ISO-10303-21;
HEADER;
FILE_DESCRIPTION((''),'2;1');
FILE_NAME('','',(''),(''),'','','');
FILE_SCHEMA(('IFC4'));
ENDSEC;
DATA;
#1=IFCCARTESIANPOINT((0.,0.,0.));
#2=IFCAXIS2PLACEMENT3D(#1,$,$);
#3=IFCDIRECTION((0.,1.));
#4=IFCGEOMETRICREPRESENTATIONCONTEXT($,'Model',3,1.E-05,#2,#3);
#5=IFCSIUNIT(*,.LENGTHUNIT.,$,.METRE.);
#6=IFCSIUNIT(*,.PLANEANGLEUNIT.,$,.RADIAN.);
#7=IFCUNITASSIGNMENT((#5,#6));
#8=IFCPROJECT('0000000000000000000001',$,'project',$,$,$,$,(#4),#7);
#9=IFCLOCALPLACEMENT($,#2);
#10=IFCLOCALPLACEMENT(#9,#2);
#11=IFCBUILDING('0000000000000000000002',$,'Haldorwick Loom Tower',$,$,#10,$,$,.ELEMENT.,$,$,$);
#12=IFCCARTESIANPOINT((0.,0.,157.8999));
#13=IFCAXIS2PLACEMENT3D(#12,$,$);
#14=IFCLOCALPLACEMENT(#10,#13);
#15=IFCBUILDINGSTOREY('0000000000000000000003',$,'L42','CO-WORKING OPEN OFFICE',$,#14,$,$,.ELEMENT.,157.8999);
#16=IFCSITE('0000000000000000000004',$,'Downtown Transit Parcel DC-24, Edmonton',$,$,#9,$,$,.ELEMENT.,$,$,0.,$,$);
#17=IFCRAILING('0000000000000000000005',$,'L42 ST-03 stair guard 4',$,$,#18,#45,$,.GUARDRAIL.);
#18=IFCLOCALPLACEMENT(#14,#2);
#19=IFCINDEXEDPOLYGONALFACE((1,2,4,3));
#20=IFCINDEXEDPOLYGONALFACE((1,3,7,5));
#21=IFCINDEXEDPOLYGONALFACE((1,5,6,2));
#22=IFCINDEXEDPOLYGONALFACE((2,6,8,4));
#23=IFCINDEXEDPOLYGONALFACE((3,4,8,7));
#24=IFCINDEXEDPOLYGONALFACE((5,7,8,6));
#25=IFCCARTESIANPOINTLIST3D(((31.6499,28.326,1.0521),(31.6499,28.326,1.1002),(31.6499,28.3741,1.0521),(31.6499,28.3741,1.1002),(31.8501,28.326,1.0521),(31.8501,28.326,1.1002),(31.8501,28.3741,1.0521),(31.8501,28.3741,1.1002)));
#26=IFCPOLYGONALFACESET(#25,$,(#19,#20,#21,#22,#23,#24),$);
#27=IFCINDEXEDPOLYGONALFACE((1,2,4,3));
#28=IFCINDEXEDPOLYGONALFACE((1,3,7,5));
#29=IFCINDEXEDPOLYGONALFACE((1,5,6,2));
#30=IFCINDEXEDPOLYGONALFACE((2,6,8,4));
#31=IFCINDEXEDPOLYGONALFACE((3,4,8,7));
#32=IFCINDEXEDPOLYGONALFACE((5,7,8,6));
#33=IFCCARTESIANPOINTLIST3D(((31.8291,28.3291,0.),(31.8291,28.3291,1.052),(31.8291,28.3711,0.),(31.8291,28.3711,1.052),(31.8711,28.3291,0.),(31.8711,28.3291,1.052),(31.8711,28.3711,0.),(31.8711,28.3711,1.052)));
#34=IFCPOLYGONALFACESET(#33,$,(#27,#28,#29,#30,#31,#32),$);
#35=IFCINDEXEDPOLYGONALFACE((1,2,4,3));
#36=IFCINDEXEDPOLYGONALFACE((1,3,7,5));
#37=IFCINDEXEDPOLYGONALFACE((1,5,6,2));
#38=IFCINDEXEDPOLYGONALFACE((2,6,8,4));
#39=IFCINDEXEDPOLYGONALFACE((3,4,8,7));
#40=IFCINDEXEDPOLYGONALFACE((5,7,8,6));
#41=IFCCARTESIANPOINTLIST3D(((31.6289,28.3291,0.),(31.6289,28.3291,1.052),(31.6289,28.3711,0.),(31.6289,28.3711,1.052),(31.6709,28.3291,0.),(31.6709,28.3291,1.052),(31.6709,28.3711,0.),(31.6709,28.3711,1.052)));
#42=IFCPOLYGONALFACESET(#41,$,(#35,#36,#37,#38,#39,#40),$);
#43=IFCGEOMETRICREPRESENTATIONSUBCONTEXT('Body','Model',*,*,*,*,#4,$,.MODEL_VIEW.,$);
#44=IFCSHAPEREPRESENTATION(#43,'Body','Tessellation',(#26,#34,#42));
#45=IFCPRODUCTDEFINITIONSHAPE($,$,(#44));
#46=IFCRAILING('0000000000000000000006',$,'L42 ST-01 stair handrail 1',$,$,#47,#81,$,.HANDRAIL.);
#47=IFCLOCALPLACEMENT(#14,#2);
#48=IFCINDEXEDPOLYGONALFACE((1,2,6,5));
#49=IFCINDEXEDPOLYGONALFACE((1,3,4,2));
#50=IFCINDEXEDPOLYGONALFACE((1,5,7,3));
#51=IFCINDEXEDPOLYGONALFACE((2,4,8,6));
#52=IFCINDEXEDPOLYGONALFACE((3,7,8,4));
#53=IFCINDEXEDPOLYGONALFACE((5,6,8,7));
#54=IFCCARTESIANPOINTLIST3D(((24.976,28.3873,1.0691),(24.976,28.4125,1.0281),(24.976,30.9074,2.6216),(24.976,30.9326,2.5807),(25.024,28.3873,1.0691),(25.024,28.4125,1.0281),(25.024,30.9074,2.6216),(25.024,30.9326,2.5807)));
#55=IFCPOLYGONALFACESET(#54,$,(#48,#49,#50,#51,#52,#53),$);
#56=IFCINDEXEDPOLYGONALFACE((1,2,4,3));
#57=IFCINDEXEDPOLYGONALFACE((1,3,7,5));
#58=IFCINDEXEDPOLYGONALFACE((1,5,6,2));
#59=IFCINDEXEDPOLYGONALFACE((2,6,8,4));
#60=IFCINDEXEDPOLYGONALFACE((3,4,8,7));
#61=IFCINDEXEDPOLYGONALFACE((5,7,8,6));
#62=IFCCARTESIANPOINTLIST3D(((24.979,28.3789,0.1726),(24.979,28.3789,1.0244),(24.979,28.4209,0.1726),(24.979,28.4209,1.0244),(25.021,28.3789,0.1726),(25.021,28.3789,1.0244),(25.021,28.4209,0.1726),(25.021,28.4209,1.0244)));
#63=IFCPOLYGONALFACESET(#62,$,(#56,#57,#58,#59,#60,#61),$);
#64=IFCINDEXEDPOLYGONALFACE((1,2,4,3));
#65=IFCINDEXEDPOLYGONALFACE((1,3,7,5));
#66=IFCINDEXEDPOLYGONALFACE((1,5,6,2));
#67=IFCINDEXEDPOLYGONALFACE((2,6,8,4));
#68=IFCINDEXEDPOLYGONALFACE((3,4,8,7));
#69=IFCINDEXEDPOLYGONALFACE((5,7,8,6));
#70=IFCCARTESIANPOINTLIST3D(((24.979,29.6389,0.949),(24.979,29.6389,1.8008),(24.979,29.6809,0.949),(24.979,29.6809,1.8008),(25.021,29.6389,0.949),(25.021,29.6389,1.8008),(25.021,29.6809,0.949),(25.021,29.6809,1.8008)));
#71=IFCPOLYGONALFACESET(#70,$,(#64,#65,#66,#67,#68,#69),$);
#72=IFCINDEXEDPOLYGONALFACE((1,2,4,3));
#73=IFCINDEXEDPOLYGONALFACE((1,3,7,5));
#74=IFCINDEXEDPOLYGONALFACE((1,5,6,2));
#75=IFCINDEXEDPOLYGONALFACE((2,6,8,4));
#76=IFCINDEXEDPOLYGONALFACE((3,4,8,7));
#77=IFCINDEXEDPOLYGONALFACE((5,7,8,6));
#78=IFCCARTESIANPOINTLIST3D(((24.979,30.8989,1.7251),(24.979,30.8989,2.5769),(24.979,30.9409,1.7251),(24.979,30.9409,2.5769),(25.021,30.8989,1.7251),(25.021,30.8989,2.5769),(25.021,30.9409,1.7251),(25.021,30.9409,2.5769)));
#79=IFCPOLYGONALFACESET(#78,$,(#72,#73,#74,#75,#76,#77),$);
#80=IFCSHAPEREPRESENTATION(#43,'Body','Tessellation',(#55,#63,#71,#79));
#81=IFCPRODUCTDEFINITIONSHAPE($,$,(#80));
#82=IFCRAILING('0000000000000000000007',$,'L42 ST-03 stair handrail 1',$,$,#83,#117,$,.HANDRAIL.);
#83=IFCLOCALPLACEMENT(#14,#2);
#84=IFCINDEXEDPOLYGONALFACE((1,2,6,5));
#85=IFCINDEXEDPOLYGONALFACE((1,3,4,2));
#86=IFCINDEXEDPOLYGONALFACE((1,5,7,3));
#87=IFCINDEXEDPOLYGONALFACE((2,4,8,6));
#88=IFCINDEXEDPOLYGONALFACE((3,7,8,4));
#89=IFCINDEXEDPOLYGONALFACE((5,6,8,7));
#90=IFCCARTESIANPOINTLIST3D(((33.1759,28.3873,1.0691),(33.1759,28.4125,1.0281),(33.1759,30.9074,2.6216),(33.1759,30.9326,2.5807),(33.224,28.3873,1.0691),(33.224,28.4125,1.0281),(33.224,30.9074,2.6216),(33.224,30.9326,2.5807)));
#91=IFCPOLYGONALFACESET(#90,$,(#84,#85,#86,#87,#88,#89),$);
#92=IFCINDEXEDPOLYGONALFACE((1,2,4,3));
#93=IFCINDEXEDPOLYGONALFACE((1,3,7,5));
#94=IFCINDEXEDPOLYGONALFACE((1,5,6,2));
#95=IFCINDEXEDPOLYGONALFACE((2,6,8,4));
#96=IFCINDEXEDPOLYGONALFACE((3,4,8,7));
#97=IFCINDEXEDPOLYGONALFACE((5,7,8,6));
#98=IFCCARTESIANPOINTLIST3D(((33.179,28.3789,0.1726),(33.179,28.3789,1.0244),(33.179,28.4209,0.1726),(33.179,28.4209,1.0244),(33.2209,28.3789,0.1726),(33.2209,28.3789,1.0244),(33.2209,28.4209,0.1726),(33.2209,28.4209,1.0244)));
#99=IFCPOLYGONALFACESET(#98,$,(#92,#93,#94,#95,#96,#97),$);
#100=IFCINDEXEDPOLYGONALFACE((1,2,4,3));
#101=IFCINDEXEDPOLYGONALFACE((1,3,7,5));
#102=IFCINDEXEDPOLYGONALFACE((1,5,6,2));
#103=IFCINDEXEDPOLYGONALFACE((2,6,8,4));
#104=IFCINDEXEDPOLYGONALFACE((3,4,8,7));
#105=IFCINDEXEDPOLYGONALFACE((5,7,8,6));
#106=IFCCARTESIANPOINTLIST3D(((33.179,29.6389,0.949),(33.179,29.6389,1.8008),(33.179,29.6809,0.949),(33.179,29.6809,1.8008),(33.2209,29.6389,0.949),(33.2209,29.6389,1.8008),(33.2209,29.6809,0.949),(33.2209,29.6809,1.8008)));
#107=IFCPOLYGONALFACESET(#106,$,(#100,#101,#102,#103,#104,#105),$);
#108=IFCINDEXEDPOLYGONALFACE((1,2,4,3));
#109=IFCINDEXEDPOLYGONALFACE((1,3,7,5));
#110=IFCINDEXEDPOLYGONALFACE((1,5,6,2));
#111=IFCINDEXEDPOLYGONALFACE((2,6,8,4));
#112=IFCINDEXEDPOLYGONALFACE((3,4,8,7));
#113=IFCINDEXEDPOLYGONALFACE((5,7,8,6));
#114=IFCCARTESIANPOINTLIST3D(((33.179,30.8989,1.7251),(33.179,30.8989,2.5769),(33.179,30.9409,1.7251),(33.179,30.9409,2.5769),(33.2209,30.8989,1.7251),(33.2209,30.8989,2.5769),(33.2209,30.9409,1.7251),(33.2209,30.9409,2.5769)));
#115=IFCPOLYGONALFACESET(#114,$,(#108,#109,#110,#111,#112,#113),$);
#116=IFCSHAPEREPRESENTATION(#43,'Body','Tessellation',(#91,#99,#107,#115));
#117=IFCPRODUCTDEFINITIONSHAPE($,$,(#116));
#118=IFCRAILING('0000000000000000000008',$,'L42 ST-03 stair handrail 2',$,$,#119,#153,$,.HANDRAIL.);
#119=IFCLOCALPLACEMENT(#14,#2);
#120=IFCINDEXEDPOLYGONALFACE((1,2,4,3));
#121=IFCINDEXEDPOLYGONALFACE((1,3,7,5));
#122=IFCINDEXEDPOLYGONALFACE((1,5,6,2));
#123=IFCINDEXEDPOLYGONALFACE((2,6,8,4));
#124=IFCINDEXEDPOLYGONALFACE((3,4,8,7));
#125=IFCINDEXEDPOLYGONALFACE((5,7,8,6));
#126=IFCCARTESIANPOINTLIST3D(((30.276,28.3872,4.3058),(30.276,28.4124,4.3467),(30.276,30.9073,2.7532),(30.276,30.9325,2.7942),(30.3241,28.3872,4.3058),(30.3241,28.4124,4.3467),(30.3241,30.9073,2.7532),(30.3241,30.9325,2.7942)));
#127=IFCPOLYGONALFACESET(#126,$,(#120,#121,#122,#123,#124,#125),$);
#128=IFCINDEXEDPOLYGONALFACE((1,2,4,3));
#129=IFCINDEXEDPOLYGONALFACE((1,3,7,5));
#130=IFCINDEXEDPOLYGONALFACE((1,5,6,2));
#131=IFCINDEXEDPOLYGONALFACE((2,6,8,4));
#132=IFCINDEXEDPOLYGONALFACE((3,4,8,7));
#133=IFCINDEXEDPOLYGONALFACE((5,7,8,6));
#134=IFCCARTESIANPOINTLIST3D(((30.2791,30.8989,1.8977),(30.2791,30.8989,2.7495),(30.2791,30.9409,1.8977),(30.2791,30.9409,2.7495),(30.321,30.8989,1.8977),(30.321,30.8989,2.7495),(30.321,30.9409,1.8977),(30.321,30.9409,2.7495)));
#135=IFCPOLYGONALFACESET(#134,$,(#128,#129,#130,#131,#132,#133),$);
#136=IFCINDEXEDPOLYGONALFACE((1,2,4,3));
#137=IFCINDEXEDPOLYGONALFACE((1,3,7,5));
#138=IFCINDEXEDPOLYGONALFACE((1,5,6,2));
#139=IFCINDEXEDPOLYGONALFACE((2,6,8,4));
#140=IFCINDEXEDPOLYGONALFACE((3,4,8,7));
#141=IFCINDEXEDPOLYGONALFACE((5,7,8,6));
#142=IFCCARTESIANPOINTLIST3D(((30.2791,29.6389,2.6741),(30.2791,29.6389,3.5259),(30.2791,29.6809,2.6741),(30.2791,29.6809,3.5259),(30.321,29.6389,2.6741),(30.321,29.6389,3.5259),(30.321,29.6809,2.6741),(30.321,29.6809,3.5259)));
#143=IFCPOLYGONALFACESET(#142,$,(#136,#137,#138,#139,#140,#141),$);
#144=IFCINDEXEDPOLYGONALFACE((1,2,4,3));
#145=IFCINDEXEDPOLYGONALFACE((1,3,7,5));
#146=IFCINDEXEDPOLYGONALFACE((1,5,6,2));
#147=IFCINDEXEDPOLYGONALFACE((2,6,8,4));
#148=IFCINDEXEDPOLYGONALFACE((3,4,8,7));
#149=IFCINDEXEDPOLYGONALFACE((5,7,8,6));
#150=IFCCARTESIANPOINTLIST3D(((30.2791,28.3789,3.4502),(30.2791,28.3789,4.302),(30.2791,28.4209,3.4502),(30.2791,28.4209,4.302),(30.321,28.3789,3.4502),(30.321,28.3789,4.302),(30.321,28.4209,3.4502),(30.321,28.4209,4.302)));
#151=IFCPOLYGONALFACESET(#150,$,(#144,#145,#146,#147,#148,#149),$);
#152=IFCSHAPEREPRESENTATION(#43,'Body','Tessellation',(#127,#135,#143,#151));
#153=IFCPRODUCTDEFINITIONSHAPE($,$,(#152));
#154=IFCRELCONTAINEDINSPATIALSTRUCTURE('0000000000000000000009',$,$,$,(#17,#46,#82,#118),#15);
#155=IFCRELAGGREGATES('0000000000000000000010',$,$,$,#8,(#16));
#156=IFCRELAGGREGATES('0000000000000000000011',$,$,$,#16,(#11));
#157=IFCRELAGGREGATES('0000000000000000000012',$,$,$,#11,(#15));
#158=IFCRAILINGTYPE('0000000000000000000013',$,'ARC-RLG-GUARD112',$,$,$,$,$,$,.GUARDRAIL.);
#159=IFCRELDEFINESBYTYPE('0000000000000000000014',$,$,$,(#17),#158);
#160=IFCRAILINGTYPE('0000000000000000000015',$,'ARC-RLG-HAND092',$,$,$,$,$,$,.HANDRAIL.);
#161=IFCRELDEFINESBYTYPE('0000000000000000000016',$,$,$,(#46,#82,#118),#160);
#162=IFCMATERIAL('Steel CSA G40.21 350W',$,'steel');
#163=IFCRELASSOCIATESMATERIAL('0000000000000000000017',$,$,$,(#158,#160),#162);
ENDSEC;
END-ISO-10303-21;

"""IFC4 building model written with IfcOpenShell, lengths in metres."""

from ifc_helpers import new_model, si_unit, direction, frame, origin, origin_2d, place, context, subcontext, project, spatial, rectangle, extrude, material, type_object, element, save


model = new_model("IFC4")

# Units and contexts
model_context = context("Model", 3, precision=1e-05, world=origin(), true_north=direction((0.0, 1.0)))
body_context = subcontext(model_context, "Body", "Model", "MODEL_VIEW")
ifc_project = project(units=[si_unit("LENGTHUNIT", "METRE"), si_unit("PLANEANGLEUNIT", "RADIAN")], contexts=[model_context])

# Site, building, storey
site_placement = place(None, origin())
site = spatial("IfcSite", under=ifc_project, at=site_placement, Name="Downtown Transit Parcel DC-24, Edmonton", CompositionType="ELEMENT", RefElevation=0.0)
building_placement = place(site_placement, origin())
building = spatial("IfcBuilding", under=site, at=building_placement, Name="Haldorwick Loom Tower", CompositionType="ELEMENT")
storey_placement = place(building_placement, frame((0.0, 0.0, 157.8999)))
storey = spatial("IfcBuildingStorey", under=building, at=storey_placement, Name="L42", Description="CO-WORKING OPEN OFFICE", CompositionType="ELEMENT", Elevation=157.8999)

# Shared definitions
ifc_material_1 = material(Name="Steel CSA G40.21 350W", Category="steel")

# Railings
railing_type_1 = type_object("IfcRailingType", Name="ARC-RLG-GUARD112", PredefinedType="GUARDRAIL", material=ifc_material_1)
railing_1_placement = place(storey_placement, frame((31.8501, 28.3501, 0.0)))
element("IfcRailing", 1, at=railing_1_placement, inside=storey, type_object=railing_type_1, Name="L42 ST-03 stair guard 4", PredefinedType="GUARDRAIL", context=body_context, shape_type="SweptSolid", body=[
    extrude(rectangle(XDim=0.0481, YDim=0.0481, at=origin_2d()), frame((0.0, 0.0, 1.0762), z_axis=(-1.0, 0.0, 0.0), x_axis=(0.0, -1.0, 0.0)), (0.0, 0.0, 1.0), 0.2002),
    extrude(rectangle(XDim=0.042, YDim=0.042, at=origin_2d()), origin(), (0.0, 0.0, 1.0), 1.052),
    extrude(rectangle(XDim=0.042, YDim=0.042, at=origin_2d()), frame((-0.2002, 0.0, 0.0)), (0.0, 0.0, 1.0), 1.052),
])
railing_type_2 = type_object("IfcRailingType", Name="ARC-RLG-HAND092", PredefinedType="HANDRAIL", material=ifc_material_1)
for number, where, name in (
    (2, (25.0, 28.3999, 0.1726), "L42 ST-01 stair handrail 1"),
    (3, (33.2, 28.3999, 0.1726), "L42 ST-03 stair handrail 1"),
):
    element("IfcRailing", number, at=place(storey_placement, frame(where)), inside=storey, type_object=railing_type_2, Name=name, PredefinedType="HANDRAIL", context=body_context, shape_type="SweptSolid", body=[
        extrude(rectangle(XDim=0.0481, YDim=0.0481, at=origin_2d()), frame((0.0, 0.0, 0.876), z_axis=(0.0, 0.8514, 0.524516), x_axis=(-1.0, 0.0, 0.0)), (0.0, 0.0, 1.0), 2.96),
        extrude(rectangle(XDim=0.042, YDim=0.042, at=origin_2d()), origin(), (0.0, 0.0, 1.0), 0.8518),
        extrude(rectangle(XDim=0.042, YDim=0.042, at=origin_2d()), frame((0.0, 1.26, 0.7764)), (0.0, 0.0, 1.0), 0.8518),
        extrude(rectangle(XDim=0.042, YDim=0.042, at=origin_2d()), frame((0.0, 2.52, 1.5525)), (0.0, 0.0, 1.0), 0.8518),
    ])
railing_2_placement = place(storey_placement, frame((30.3, 30.9199, 1.8977)))
element("IfcRailing", 4, at=railing_2_placement, inside=storey, type_object=railing_type_2, Name="L42 ST-03 stair handrail 2", PredefinedType="HANDRAIL", context=body_context, shape_type="SweptSolid", body=[
    extrude(rectangle(XDim=0.0481, YDim=0.0481, at=origin_2d()), frame((0.0, 0.0, 0.876), z_axis=(0.0, -0.8514, 0.524516), x_axis=(1.0, 0.0, 0.0)), (0.0, 0.0, 1.0), 2.96),
    extrude(rectangle(XDim=0.042, YDim=0.042, at=origin_2d()), origin(), (0.0, 0.0, 1.0), 0.8518),
    extrude(rectangle(XDim=0.042, YDim=0.042, at=origin_2d()), frame((0.0, -1.26, 0.7764)), (0.0, 0.0, 1.0), 0.8518),
    extrude(rectangle(XDim=0.042, YDim=0.042, at=origin_2d()), frame((0.0, -2.52, 1.5525)), (0.0, 0.0, 1.0), 0.8518),
])

save(model, "model.ifc")
